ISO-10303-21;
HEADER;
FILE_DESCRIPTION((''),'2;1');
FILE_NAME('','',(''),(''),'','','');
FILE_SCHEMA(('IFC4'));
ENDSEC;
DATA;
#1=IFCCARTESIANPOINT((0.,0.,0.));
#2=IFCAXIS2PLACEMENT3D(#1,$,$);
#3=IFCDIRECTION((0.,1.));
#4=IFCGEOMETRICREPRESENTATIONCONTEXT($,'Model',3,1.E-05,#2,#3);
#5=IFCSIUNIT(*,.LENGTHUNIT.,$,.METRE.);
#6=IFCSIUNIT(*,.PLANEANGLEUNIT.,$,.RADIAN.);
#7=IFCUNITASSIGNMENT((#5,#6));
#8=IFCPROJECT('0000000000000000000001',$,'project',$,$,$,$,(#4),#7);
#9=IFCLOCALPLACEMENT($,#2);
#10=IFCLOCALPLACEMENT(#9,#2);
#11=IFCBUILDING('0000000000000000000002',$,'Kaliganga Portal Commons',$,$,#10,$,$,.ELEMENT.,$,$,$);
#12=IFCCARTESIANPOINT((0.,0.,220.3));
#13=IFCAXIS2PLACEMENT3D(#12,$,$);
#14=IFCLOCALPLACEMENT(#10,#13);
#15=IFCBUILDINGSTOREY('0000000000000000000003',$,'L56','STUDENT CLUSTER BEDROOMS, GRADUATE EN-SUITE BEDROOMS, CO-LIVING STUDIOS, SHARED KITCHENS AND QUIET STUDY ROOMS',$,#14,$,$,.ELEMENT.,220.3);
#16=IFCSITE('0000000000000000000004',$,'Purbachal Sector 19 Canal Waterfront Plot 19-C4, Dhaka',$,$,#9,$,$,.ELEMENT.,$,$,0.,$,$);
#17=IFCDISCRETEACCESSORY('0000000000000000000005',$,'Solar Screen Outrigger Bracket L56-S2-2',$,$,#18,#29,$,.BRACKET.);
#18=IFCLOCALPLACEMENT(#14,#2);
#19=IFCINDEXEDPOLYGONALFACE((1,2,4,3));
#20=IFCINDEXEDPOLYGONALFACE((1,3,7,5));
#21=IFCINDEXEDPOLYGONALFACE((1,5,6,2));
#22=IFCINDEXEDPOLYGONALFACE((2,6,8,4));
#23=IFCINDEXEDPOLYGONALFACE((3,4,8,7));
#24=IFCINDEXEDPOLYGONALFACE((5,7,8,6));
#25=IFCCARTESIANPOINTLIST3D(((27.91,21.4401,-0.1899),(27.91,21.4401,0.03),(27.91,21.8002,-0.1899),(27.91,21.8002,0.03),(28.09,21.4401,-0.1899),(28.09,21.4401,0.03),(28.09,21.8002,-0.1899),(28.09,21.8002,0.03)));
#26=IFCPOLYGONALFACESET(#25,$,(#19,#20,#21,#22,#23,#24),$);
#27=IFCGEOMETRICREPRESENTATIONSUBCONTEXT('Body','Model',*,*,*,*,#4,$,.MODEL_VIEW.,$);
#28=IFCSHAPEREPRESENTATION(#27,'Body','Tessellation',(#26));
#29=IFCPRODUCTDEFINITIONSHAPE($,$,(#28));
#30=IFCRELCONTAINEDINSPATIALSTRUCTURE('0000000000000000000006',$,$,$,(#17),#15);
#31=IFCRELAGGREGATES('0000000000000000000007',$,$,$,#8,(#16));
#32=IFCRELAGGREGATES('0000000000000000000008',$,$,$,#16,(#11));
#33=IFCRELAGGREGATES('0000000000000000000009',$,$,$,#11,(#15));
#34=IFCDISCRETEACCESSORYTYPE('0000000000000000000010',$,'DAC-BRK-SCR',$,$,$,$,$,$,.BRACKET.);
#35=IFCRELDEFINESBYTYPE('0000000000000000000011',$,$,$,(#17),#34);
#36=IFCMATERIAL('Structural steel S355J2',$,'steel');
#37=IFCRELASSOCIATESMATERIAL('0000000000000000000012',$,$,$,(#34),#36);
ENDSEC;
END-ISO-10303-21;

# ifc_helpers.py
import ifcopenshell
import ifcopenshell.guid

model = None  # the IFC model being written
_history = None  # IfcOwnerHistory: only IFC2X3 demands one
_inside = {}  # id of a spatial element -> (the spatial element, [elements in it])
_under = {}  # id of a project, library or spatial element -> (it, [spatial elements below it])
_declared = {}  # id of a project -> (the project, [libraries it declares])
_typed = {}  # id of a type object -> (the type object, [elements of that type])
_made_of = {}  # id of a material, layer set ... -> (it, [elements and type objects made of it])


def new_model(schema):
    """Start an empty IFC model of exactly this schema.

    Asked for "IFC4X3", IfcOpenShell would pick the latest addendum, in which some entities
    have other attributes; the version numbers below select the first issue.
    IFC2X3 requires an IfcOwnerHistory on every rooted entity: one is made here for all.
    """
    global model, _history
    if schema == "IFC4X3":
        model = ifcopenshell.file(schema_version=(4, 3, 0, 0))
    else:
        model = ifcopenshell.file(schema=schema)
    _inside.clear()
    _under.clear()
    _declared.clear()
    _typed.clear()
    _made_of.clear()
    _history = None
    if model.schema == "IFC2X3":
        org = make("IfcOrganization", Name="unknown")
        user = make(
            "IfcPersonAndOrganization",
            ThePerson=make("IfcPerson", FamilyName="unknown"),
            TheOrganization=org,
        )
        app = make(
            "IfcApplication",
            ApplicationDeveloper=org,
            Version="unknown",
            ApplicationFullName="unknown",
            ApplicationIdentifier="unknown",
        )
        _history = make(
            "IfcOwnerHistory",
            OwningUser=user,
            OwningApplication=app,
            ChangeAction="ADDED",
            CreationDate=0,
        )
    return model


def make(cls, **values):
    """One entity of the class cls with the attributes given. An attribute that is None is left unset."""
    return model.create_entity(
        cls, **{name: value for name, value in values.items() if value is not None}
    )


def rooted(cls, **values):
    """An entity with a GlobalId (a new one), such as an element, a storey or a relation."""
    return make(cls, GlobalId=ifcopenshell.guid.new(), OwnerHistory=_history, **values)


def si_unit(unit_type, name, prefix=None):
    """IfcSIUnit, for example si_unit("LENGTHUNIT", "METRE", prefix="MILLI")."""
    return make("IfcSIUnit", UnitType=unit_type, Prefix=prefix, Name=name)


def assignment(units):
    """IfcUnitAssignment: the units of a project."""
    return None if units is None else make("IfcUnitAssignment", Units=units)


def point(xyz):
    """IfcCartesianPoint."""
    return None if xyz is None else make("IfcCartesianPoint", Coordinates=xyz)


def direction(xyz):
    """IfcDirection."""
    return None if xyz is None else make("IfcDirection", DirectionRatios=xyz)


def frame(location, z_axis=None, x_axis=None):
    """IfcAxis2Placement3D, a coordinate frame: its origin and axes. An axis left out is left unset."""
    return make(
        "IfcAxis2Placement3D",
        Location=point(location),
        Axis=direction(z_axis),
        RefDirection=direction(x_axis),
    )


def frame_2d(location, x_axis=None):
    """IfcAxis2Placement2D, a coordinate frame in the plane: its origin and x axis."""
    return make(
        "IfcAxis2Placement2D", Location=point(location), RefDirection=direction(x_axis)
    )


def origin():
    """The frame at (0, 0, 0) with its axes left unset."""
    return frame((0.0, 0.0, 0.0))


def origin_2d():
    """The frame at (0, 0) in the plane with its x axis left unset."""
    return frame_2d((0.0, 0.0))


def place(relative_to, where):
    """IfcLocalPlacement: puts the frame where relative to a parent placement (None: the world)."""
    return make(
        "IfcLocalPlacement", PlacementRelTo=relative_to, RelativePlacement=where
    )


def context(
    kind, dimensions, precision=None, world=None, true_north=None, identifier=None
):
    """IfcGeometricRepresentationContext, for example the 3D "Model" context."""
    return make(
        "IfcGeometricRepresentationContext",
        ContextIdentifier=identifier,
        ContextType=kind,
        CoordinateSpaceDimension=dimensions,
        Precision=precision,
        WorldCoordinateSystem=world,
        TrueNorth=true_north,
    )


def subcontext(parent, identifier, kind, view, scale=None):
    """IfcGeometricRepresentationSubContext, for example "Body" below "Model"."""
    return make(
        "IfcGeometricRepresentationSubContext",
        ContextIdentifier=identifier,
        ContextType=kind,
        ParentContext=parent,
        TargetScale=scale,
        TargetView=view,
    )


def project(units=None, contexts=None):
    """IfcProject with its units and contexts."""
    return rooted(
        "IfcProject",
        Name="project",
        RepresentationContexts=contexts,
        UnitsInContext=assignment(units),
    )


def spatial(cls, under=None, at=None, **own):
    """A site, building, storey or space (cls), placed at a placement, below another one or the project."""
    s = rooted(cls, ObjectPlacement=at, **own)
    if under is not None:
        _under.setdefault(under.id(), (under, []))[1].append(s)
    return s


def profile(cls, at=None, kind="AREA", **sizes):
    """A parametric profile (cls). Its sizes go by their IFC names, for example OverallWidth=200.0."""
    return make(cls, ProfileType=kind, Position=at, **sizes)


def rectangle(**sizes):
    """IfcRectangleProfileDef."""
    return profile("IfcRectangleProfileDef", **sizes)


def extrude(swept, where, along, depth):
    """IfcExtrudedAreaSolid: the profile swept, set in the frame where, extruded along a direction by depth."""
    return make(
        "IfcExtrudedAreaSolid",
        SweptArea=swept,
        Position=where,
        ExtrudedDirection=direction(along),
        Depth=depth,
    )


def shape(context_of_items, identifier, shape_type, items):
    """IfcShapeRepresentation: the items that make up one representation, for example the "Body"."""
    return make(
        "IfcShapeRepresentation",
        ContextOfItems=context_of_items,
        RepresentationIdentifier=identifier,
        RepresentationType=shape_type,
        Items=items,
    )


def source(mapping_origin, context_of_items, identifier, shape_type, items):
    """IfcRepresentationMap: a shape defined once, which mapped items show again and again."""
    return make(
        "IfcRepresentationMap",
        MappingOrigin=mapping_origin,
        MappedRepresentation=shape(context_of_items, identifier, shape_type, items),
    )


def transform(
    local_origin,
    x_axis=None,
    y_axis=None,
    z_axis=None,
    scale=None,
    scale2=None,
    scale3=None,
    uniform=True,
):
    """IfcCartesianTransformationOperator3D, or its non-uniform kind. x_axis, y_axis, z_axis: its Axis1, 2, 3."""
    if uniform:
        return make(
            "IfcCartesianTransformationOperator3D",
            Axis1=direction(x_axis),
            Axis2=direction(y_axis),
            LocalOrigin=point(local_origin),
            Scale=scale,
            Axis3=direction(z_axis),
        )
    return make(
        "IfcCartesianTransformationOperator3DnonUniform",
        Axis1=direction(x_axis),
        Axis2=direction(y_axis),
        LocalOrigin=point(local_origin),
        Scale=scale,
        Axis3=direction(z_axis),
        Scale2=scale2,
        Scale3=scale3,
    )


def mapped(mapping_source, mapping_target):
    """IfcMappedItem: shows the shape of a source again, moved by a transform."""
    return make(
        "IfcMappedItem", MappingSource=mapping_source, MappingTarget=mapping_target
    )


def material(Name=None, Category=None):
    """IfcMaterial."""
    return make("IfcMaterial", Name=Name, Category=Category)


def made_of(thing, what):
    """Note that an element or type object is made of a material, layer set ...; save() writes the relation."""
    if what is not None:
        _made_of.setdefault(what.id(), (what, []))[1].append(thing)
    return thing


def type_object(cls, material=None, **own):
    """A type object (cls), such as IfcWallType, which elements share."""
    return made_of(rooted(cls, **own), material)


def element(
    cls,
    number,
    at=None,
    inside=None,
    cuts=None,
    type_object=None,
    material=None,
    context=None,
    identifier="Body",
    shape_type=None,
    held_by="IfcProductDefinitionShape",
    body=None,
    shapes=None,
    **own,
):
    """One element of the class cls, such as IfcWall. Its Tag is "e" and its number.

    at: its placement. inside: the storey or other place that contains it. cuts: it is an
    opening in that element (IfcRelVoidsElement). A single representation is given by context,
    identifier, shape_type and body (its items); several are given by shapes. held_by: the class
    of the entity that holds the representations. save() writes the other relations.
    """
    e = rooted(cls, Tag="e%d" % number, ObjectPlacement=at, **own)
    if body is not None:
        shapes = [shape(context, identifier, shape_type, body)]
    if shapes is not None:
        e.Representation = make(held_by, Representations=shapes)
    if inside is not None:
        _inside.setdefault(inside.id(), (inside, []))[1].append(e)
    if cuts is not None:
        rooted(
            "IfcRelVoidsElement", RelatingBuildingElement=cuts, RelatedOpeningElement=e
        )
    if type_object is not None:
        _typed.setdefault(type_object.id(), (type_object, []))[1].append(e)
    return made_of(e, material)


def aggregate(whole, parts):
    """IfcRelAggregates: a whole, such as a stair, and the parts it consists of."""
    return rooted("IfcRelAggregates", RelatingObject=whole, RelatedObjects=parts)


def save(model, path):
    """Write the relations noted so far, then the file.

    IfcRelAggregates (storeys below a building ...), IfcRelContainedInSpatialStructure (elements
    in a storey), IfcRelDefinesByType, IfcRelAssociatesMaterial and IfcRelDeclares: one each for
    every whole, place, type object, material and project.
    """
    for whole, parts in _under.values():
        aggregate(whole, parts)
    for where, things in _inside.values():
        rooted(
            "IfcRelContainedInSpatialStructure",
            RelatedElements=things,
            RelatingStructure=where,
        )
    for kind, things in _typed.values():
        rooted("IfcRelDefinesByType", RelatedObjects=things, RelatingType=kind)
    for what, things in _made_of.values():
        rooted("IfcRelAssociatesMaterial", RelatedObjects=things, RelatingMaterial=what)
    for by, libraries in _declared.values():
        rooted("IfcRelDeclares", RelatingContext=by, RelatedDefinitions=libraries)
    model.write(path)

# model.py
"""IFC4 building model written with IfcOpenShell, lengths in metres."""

from ifc_helpers import new_model, si_unit, direction, frame, origin, origin_2d, place, context, subcontext, project, spatial, rectangle, extrude, source, transform, mapped, material, type_object, element, save


model = new_model("IFC4")

# Units and contexts
model_context = context("Model", 3, precision=1e-05, world=origin(), true_north=direction((0.0, 1.0)))
body_context = subcontext(model_context, "Body", "Model", "MODEL_VIEW")
ifc_project = project(units=[si_unit("LENGTHUNIT", "METRE"), si_unit("PLANEANGLEUNIT", "RADIAN")], contexts=[model_context])

# Site, building, storey
site_placement = place(None, origin())
site = spatial("IfcSite", under=ifc_project, at=site_placement, Name="Purbachal Sector 19 Canal Waterfront Plot 19-C4, Dhaka", CompositionType="ELEMENT", RefElevation=0.0)
building_placement = place(site_placement, origin())
building = spatial("IfcBuilding", under=site, at=building_placement, Name="Kaliganga Portal Commons", CompositionType="ELEMENT")
storey_placement = place(building_placement, frame((0.0, 0.0, 220.3)))
storey = spatial("IfcBuildingStorey", under=building, at=storey_placement, Name="L56", Description="STUDENT CLUSTER BEDROOMS, GRADUATE EN-SUITE BEDROOMS, CO-LIVING STUDIOS, SHARED KITCHENS AND QUIET STUDY ROOMS", CompositionType="ELEMENT", Elevation=220.3)

# Shared definitions
ifc_material_1 = material(Name="Structural steel S355J2", Category="steel")

# Discrete accessory
discrete_accessory_type = type_object("IfcDiscreteAccessoryType", Name="DAC-BRK-SCR", PredefinedType="BRACKET", material=ifc_material_1)
shared_shape_1 = source(origin(), body_context, "Body", "SweptSolid", [
    extrude(rectangle(XDim=0.1799, YDim=0.3601, at=origin_2d()), origin(), (0.0, 0.0, 1.0), 0.22),
])
for number, where, z_axis, x_axis, name in (
    (1, (28.0, 21.6201, -0.1899), (0.0, 0.0, 1.0), (1.0, 0.0, 0.0), "Solar Screen Outrigger Bracket L56-S2-2"),
):
    element("IfcDiscreteAccessory", number, at=place(storey_placement, frame(where, z_axis=z_axis, x_axis=x_axis)), inside=storey, type_object=discrete_accessory_type, Name=name, PredefinedType="BRACKET", context=body_context, shape_type="MappedRepresentation", body=[
        mapped(shared_shape_1, transform((0.0, 0.0, 0.0), x_axis=(1.0, 0.0, 0.0), y_axis=(0.0, 1.0, 0.0), z_axis=(0.0, 0.0, 1.0), scale=1.0)),
    ])

save(model, "model.ifc")
